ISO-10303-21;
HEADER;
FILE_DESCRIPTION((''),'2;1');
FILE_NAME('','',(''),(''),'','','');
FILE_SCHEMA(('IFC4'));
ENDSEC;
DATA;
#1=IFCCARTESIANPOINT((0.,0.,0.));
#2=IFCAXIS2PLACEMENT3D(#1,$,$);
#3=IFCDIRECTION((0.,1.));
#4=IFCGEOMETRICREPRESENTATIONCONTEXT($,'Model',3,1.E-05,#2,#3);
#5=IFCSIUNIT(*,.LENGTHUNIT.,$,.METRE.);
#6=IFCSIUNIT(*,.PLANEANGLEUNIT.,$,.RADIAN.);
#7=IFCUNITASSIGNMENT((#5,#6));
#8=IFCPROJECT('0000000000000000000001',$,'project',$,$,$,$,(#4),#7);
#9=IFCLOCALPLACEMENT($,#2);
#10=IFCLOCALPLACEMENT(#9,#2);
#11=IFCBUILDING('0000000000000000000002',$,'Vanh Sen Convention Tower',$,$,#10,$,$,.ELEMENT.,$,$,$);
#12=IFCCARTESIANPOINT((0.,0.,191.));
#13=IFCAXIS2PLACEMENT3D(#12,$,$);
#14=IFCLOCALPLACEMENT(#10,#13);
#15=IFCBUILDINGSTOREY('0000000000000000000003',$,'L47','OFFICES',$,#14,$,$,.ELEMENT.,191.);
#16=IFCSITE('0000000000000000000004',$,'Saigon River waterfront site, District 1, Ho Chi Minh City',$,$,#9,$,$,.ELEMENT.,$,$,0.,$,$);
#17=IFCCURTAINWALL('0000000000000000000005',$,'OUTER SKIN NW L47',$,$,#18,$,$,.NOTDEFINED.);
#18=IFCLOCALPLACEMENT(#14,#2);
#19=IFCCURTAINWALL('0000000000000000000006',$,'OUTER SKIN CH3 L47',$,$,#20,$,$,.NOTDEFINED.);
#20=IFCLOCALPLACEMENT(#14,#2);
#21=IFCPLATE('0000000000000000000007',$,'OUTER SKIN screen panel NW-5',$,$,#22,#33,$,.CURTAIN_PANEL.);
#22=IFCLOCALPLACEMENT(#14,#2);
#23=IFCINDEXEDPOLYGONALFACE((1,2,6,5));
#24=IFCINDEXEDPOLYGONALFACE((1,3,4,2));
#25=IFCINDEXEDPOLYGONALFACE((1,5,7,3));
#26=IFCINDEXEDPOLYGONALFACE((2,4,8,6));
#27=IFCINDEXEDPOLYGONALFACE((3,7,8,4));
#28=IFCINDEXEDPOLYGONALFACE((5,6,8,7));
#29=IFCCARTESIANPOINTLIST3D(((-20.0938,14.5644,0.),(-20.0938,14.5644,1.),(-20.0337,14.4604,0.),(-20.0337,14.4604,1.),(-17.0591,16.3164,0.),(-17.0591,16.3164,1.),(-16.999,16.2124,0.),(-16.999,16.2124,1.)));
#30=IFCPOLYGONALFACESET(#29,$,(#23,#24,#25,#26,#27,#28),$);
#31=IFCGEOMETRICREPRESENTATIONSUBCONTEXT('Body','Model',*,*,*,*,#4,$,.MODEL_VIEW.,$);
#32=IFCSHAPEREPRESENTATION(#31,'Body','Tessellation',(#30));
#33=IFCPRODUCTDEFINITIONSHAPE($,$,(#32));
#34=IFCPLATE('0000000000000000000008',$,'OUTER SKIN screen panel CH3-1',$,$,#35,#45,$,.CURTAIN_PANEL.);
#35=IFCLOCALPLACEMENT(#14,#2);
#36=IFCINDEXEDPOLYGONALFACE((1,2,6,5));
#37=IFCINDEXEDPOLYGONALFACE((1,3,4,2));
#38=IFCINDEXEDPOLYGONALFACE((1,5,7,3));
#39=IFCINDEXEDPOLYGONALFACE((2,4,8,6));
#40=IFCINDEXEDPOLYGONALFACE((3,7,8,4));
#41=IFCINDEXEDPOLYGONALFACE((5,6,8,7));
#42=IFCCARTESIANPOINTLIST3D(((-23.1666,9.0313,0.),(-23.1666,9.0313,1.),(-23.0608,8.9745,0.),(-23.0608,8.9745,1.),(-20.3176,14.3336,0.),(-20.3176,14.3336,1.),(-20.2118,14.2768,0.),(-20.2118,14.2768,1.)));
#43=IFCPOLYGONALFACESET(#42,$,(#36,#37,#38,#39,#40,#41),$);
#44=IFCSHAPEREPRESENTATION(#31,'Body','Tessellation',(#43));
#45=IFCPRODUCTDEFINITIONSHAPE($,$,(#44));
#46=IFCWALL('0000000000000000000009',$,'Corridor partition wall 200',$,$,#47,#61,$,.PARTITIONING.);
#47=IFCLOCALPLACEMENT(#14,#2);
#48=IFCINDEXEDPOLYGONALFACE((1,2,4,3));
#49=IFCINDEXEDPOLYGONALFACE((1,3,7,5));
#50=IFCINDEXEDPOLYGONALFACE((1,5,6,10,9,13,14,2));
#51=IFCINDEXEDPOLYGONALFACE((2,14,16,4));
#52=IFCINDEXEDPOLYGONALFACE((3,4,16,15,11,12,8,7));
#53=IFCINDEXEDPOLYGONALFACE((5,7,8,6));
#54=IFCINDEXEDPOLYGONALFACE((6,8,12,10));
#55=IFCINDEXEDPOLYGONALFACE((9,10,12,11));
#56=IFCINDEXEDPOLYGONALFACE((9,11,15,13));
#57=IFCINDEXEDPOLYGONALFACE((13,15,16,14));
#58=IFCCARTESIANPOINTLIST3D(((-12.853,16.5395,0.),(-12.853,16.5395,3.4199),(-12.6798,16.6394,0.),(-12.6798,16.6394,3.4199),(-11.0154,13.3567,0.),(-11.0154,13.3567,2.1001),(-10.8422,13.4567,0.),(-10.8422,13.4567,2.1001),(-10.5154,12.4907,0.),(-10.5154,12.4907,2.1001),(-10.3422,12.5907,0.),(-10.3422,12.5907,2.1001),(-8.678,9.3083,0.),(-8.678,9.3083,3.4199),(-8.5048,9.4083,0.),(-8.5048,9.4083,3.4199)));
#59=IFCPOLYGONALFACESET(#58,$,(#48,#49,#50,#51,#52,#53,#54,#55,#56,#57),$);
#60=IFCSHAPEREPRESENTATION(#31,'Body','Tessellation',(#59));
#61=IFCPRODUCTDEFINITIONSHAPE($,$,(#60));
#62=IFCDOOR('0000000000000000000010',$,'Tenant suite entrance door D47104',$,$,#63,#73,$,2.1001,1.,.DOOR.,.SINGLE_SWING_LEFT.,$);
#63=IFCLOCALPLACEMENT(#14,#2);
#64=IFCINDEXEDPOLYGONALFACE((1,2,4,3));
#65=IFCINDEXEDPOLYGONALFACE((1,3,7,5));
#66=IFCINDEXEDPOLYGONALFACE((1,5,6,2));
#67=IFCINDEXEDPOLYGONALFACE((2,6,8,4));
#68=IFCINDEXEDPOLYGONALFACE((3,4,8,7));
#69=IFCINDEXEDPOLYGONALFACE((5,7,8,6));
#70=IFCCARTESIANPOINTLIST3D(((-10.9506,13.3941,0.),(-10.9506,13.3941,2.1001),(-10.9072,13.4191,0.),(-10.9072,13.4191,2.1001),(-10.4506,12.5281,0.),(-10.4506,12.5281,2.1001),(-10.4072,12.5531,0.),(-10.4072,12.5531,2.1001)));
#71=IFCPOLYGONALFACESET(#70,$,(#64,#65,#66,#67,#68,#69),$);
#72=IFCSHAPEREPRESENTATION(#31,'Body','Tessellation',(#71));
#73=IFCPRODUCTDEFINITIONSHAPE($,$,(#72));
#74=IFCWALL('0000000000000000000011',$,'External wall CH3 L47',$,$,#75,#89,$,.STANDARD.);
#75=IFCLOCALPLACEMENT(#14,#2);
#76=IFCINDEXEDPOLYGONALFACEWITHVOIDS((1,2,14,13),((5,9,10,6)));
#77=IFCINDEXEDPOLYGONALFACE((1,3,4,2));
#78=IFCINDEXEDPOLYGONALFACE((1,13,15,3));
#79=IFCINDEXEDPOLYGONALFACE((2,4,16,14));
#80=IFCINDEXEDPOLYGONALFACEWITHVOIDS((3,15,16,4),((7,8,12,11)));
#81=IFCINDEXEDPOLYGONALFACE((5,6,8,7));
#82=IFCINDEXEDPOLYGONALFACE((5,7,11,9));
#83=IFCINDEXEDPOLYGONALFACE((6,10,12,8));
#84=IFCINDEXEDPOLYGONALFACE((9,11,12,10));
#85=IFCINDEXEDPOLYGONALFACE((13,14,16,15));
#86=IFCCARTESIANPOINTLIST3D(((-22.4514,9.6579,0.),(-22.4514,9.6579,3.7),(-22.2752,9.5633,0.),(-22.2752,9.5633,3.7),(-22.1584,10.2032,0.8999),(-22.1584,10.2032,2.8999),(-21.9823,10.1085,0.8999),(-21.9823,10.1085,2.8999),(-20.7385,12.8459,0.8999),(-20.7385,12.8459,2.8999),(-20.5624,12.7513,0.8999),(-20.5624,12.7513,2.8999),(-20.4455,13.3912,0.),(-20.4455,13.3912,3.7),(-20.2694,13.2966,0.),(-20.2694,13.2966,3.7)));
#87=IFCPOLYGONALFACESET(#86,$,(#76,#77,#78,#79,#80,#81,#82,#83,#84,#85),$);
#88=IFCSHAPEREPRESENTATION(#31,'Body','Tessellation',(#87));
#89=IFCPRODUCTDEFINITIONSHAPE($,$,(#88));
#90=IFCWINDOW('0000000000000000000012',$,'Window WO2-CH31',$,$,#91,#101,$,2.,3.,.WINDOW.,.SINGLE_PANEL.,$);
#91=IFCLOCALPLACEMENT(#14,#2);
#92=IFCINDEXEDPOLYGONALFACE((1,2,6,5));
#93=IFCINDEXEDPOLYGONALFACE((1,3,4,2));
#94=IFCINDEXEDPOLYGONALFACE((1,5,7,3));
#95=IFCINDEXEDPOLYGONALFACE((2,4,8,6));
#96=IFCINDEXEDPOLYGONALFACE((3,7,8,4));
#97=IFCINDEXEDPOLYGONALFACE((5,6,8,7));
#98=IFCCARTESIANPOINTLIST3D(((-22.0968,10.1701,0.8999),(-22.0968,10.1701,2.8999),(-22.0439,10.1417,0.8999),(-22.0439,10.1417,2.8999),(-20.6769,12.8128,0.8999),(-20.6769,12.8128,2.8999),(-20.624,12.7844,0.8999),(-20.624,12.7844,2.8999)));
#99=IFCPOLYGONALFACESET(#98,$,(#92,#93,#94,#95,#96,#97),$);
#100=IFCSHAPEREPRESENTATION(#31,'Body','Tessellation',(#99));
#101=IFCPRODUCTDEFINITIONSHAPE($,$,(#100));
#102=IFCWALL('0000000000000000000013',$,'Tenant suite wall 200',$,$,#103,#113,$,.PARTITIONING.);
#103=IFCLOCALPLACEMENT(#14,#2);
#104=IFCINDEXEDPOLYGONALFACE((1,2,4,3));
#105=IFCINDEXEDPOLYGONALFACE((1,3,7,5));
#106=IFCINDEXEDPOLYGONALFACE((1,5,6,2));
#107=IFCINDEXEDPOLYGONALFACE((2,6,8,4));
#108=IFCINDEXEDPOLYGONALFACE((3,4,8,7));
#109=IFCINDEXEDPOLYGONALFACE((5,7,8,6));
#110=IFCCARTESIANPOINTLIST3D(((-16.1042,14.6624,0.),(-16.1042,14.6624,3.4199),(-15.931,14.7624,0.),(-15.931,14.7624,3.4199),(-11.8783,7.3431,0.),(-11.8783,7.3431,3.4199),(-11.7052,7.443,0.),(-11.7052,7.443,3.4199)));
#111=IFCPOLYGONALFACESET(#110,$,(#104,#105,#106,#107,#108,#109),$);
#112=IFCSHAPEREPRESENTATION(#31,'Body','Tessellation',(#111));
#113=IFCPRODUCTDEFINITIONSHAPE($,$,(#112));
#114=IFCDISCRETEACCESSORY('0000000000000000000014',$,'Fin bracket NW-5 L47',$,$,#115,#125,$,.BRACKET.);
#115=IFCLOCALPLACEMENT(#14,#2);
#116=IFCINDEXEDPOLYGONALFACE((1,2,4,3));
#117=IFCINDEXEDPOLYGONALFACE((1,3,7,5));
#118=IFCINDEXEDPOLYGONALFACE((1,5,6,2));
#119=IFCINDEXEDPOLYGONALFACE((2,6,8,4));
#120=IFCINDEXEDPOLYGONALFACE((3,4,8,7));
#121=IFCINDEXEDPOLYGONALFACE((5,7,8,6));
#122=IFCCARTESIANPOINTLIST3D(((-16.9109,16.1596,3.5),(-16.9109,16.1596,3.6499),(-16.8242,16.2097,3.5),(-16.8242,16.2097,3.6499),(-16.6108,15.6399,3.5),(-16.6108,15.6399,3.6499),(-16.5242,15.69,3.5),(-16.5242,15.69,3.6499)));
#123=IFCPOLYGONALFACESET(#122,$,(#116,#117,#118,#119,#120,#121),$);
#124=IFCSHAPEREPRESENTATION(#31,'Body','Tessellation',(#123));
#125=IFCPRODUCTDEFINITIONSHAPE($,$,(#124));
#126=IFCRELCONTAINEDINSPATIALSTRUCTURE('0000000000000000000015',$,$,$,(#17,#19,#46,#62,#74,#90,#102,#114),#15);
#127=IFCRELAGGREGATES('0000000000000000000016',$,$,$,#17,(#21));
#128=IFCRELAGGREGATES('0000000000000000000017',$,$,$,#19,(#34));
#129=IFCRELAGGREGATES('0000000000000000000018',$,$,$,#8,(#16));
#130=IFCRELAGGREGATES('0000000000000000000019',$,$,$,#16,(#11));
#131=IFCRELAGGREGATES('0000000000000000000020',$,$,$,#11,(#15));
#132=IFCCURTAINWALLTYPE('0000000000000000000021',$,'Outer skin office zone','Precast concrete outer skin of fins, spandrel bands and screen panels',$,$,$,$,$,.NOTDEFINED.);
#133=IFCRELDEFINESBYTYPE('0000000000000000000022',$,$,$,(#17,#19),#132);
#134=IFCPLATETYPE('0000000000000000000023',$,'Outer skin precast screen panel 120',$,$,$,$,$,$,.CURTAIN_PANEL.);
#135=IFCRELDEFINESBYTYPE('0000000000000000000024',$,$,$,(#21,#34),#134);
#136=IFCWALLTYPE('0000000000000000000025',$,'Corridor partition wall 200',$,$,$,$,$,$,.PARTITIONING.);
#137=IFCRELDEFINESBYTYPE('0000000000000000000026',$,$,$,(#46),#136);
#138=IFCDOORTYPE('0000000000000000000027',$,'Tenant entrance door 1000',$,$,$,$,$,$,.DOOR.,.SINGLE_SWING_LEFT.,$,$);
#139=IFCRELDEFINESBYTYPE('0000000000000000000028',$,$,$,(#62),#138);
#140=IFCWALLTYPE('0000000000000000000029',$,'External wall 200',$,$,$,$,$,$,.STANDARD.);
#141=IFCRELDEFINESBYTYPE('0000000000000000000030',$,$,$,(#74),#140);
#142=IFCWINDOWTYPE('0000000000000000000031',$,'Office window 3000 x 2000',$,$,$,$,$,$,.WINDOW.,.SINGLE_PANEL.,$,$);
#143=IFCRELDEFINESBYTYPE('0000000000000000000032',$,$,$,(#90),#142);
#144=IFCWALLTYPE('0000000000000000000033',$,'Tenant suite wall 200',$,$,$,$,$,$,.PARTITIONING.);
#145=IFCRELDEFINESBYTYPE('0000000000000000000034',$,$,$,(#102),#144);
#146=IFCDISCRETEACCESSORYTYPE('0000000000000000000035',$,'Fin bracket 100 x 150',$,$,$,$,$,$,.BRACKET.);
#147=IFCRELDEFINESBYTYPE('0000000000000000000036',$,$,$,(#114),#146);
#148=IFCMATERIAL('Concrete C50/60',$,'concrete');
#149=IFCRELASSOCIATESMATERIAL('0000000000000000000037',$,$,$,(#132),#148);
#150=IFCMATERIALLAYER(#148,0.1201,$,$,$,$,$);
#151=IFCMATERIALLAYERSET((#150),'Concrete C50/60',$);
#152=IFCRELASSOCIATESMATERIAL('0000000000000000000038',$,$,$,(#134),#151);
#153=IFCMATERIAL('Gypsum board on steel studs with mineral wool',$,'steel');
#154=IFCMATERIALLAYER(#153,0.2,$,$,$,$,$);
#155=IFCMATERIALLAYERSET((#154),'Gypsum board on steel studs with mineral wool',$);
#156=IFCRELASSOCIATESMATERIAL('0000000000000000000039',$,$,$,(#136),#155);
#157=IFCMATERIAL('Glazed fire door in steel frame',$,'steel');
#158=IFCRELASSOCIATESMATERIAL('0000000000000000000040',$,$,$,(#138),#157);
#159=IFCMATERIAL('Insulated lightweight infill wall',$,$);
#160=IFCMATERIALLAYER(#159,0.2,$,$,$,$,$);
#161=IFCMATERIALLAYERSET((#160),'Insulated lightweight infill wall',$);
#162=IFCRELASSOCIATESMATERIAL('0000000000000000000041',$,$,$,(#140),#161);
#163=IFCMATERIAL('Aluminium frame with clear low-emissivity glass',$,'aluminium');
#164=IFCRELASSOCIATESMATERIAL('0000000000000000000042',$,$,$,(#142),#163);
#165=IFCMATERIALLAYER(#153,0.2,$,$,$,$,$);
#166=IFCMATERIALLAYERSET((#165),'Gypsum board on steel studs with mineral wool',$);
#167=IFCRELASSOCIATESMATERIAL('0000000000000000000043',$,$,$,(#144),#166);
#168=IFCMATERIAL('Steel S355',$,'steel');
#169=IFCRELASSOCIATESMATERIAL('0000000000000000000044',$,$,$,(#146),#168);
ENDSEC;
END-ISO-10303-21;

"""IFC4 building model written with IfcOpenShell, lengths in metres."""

from ifc_helpers import new_model, si_unit, direction, frame, frame_2d, origin, origin_2d, place, context, subcontext, project, spatial, rectangle, extrude, material, layer, layer_set, type_object, element, fill, aggregate, save


model = new_model("IFC4")

# Units and contexts
model_context = context("Model", 3, precision=1e-05, world=origin(), true_north=direction((0.0, 1.0)))
body_context = subcontext(model_context, "Body", "Model", "MODEL_VIEW")
ifc_project = project(units=[si_unit("LENGTHUNIT", "METRE"), si_unit("PLANEANGLEUNIT", "RADIAN")], contexts=[model_context])

# Site, building, storey
site_placement = place(None, origin())
site = spatial("IfcSite", under=ifc_project, at=site_placement, Name="Saigon River waterfront site, District 1, Ho Chi Minh City", CompositionType="ELEMENT", RefElevation=0.0)
building_placement = place(site_placement, origin())
building = spatial("IfcBuilding", under=site, at=building_placement, Name="Vanh Sen Convention Tower", CompositionType="ELEMENT")
storey_placement = place(building_placement, frame((0.0, 0.0, 191.0)))
storey = spatial("IfcBuildingStorey", under=building, at=storey_placement, Name="L47", Description="OFFICES", CompositionType="ELEMENT", Elevation=191.0)

# Curtain wall
ifc_material_1 = material(Name="Concrete C50/60", Category="concrete")
curtain_wall_type = type_object("IfcCurtainWallType", Name="Outer skin office zone", Description="Precast concrete outer skin of fins, spandrel bands and screen panels", PredefinedType="NOTDEFINED", material=ifc_material_1)
curtain_wall_1_placement = place(storey_placement, origin())
curtain_wall_1 = element("IfcCurtainWall", 1, at=curtain_wall_1_placement, inside=storey, type_object=curtain_wall_type, Name="OUTER SKIN NW L47", PredefinedType="NOTDEFINED")

# Curtain wall
curtain_wall_2_placement = place(storey_placement, origin())
curtain_wall_2 = element("IfcCurtainWall", 2, at=curtain_wall_2_placement, inside=storey, type_object=curtain_wall_type, Name="OUTER SKIN CH3 L47", PredefinedType="NOTDEFINED")

# Plates
ifc_layer_1 = layer(ifc_material_1, 0.1201)
ifc_layer_set_1 = layer_set([ifc_layer_1], Name="Concrete C50/60")
plate_type = type_object("IfcPlateType", Name="Outer skin precast screen panel 120", PredefinedType="CURTAIN_PANEL", material=ifc_layer_set_1)
plate_1_placement = place(storey_placement, frame((-18.5464, 15.3884, 0.0), z_axis=(0.0, 0.0, 1.0), x_axis=(-0.866035, -0.499983, 0.0)))
plate_1 = element("IfcPlate", 3, at=plate_1_placement, type_object=plate_type, Name="OUTER SKIN screen panel NW-5", PredefinedType="CURTAIN_PANEL", context=body_context, shape_type="SweptSolid", body=[
    extrude(rectangle(XDim=3.5042, YDim=0.1201, at=origin_2d()), origin(), (0.0, 0.0, 1.0), 1.0),
])
aggregate(curtain_wall_1, [plate_1])
plate_2_placement = place(storey_placement, frame((-21.6892, 11.6541, 0.0), z_axis=(0.0, 0.0, 1.0), x_axis=(-0.473318, -0.880892, 0.0)))
plate_2 = element("IfcPlate", 4, at=plate_2_placement, type_object=plate_type, Name="OUTER SKIN screen panel CH3-1", PredefinedType="CURTAIN_PANEL", context=body_context, shape_type="SweptSolid", body=[
    extrude(rectangle(XDim=6.0193, YDim=0.1201, at=origin_2d()), origin(), (0.0, 0.0, 1.0), 1.0),
])
aggregate(curtain_wall_2, [plate_2])

# Wall, opening, door
ifc_material_2 = material(Name="Gypsum board on steel studs with mineral wool", Category="steel")
ifc_layer_2 = layer(ifc_material_2, 0.2)
ifc_layer_set_2 = layer_set([ifc_layer_2], Name="Gypsum board on steel studs with mineral wool")
wall_type_1 = type_object("IfcWallType", Name="Corridor partition wall 200", PredefinedType="PARTITIONING", material=ifc_layer_set_2)
wall_1_placement = place(storey_placement, frame((-12.7664, 16.5894, 0.0), z_axis=(0.0, 0.0, 1.0), x_axis=(0.50001, -0.86602, 0.0)))
wall_1 = element("IfcWall", 5, at=wall_1_placement, inside=storey, type_object=wall_type_1, Name="Corridor partition wall 200", PredefinedType="PARTITIONING", context=body_context, shape_type="SweptSolid", body=[
    extrude(rectangle(XDim=8.3499, YDim=0.2, at=frame_2d((4.1748, 0.0))), origin(), (0.0, 0.0, 1.0), 3.4199),
])
opening_1_placement = place(wall_1_placement, frame((3.675, 0.0, 0.0)))
opening_1 = element("IfcOpeningElement", 6, at=opening_1_placement, cuts=wall_1, PredefinedType="OPENING", context=body_context, shape_type="SweptSolid", body=[
    extrude(rectangle(XDim=1.0, YDim=2.1001, at=frame_2d((0.5, 1.05))), frame((0.0, 0.1099, 0.0), z_axis=(0.0, -1.0, 0.0), x_axis=(1.0, 0.0, 0.0)), (0.0, 0.0, 1.0), 0.22),
])
ifc_material_3 = material(Name="Glazed fire door in steel frame", Category="steel")
door_type = type_object("IfcDoorType", Name="Tenant entrance door 1000", OperationType="SINGLE_SWING_LEFT", PredefinedType="DOOR", material=ifc_material_3)
door_placement = place(opening_1_placement, origin())
door = element("IfcDoor", 7, at=door_placement, inside=storey, type_object=door_type, Name="Tenant suite entrance door D47104", OperationType="SINGLE_SWING_LEFT", OverallHeight=2.1001, OverallWidth=1.0, PredefinedType="DOOR", context=body_context, shape_type="SweptSolid", body=[
    extrude(rectangle(XDim=1.0, YDim=2.1001, at=frame_2d((0.5, 1.05))), frame((0.0, 0.0249, 0.0), z_axis=(0.0, -1.0, 0.0), x_axis=(1.0, 0.0, 0.0)), (0.0, 0.0, 1.0), 0.05),
])
fill(opening_1, door)

# Wall, opening, window
ifc_material_4 = material(Name="Insulated lightweight infill wall")
ifc_layer_3 = layer(ifc_material_4, 0.2)
ifc_layer_set_3 = layer_set([ifc_layer_3], Name="Insulated lightweight infill wall")
wall_type_2 = type_object("IfcWallType", Name="External wall 200", PredefinedType="STANDARD", material=ifc_layer_set_3)
wall_2_placement = place(storey_placement, frame((-20.3574, 13.344, 0.0), z_axis=(0.0, 0.0, 1.0), x_axis=(-0.473289, -0.880907, 0.0)))
wall_2 = element("IfcWall", 8, at=wall_2_placement, inside=storey, type_object=wall_type_2, Name="External wall CH3 L47", PredefinedType="STANDARD", context=body_context, shape_type="SweptSolid", body=[
    extrude(rectangle(XDim=4.238, YDim=0.2, at=frame_2d((2.1191, 0.0))), origin(), (0.0, 0.0, 1.0), 3.7),
])
opening_2_placement = place(wall_2_placement, frame((0.6191, 0.0, 0.8999)))
opening_2 = element("IfcOpeningElement", 9, at=opening_2_placement, cuts=wall_2, PredefinedType="OPENING", context=body_context, shape_type="SweptSolid", body=[
    extrude(rectangle(XDim=3.0, YDim=2.0, at=frame_2d((1.5, 1.0))), frame((0.0, 0.1099, 0.0), z_axis=(0.0, -1.0, 0.0), x_axis=(1.0, 0.0, 0.0)), (0.0, 0.0, 1.0), 0.22),
])
ifc_material_5 = material(Name="Aluminium frame with clear low-emissivity glass", Category="aluminium")
window_type = type_object("IfcWindowType", Name="Office window 3000 x 2000", PartitioningType="SINGLE_PANEL", PredefinedType="WINDOW", material=ifc_material_5)
window_placement = place(opening_2_placement, origin())
window = element("IfcWindow", 10, at=window_placement, inside=storey, type_object=window_type, Name="Window WO2-CH31", OverallHeight=2.0, OverallWidth=3.0, PartitioningType="SINGLE_PANEL", PredefinedType="WINDOW", context=body_context, shape_type="SweptSolid", body=[
    extrude(rectangle(XDim=3.0, YDim=2.0, at=frame_2d((1.5, 1.0))), frame((0.0, 0.03, 0.0), z_axis=(0.0, -1.0, 0.0), x_axis=(1.0, 0.0, 0.0)), (0.0, 0.0, 1.0), 0.0601),
])
fill(opening_2, window)

# Wall
ifc_layer_4 = layer(ifc_material_2, 0.2)
ifc_layer_set_4 = layer_set([ifc_layer_4], Name="Gypsum board on steel studs with mineral wool")
wall_type_3 = type_object("IfcWallType", Name="Tenant suite wall 200", PredefinedType="PARTITIONING", material=ifc_layer_set_4)
wall_3_placement = place(storey_placement, frame((-16.0176, 14.7124, 0.0), z_axis=(0.0, 0.0, 1.0), x_axis=(0.500001, -0.866025, 0.0)))
element("IfcWall", 11, at=wall_3_placement, inside=storey, type_object=wall_type_3, Name="Tenant suite wall 200", PredefinedType="PARTITIONING", context=body_context, shape_type="SweptSolid", body=[
    extrude(rectangle(XDim=8.4517, YDim=0.2, at=frame_2d((4.2258, 0.0))), origin(), (0.0, 0.0, 1.0), 3.4199),
])

# Discrete accessory
ifc_material_6 = material(Name="Steel S355", Category="steel")
discrete_accessory_type = type_object("IfcDiscreteAccessoryType", Name="Fin bracket 100 x 150", PredefinedType="BRACKET", material=ifc_material_6)
discrete_accessory_placement = place(storey_placement, frame((-16.7175, 15.9248, 3.5), z_axis=(0.0, 0.0, 1.0), x_axis=(-0.5, 0.866025, 0.0)))
element("IfcDiscreteAccessory", 12, at=discrete_accessory_placement, inside=storey, type_object=discrete_accessory_type, Name="Fin bracket NW-5 L47", PredefinedType="BRACKET", context=body_context, shape_type="SweptSolid", body=[
    extrude(rectangle(XDim=0.6001, YDim=0.1001, at=origin_2d()), origin(), (0.0, 0.0, 1.0), 0.1499),
])

save(model, "model.ifc")
